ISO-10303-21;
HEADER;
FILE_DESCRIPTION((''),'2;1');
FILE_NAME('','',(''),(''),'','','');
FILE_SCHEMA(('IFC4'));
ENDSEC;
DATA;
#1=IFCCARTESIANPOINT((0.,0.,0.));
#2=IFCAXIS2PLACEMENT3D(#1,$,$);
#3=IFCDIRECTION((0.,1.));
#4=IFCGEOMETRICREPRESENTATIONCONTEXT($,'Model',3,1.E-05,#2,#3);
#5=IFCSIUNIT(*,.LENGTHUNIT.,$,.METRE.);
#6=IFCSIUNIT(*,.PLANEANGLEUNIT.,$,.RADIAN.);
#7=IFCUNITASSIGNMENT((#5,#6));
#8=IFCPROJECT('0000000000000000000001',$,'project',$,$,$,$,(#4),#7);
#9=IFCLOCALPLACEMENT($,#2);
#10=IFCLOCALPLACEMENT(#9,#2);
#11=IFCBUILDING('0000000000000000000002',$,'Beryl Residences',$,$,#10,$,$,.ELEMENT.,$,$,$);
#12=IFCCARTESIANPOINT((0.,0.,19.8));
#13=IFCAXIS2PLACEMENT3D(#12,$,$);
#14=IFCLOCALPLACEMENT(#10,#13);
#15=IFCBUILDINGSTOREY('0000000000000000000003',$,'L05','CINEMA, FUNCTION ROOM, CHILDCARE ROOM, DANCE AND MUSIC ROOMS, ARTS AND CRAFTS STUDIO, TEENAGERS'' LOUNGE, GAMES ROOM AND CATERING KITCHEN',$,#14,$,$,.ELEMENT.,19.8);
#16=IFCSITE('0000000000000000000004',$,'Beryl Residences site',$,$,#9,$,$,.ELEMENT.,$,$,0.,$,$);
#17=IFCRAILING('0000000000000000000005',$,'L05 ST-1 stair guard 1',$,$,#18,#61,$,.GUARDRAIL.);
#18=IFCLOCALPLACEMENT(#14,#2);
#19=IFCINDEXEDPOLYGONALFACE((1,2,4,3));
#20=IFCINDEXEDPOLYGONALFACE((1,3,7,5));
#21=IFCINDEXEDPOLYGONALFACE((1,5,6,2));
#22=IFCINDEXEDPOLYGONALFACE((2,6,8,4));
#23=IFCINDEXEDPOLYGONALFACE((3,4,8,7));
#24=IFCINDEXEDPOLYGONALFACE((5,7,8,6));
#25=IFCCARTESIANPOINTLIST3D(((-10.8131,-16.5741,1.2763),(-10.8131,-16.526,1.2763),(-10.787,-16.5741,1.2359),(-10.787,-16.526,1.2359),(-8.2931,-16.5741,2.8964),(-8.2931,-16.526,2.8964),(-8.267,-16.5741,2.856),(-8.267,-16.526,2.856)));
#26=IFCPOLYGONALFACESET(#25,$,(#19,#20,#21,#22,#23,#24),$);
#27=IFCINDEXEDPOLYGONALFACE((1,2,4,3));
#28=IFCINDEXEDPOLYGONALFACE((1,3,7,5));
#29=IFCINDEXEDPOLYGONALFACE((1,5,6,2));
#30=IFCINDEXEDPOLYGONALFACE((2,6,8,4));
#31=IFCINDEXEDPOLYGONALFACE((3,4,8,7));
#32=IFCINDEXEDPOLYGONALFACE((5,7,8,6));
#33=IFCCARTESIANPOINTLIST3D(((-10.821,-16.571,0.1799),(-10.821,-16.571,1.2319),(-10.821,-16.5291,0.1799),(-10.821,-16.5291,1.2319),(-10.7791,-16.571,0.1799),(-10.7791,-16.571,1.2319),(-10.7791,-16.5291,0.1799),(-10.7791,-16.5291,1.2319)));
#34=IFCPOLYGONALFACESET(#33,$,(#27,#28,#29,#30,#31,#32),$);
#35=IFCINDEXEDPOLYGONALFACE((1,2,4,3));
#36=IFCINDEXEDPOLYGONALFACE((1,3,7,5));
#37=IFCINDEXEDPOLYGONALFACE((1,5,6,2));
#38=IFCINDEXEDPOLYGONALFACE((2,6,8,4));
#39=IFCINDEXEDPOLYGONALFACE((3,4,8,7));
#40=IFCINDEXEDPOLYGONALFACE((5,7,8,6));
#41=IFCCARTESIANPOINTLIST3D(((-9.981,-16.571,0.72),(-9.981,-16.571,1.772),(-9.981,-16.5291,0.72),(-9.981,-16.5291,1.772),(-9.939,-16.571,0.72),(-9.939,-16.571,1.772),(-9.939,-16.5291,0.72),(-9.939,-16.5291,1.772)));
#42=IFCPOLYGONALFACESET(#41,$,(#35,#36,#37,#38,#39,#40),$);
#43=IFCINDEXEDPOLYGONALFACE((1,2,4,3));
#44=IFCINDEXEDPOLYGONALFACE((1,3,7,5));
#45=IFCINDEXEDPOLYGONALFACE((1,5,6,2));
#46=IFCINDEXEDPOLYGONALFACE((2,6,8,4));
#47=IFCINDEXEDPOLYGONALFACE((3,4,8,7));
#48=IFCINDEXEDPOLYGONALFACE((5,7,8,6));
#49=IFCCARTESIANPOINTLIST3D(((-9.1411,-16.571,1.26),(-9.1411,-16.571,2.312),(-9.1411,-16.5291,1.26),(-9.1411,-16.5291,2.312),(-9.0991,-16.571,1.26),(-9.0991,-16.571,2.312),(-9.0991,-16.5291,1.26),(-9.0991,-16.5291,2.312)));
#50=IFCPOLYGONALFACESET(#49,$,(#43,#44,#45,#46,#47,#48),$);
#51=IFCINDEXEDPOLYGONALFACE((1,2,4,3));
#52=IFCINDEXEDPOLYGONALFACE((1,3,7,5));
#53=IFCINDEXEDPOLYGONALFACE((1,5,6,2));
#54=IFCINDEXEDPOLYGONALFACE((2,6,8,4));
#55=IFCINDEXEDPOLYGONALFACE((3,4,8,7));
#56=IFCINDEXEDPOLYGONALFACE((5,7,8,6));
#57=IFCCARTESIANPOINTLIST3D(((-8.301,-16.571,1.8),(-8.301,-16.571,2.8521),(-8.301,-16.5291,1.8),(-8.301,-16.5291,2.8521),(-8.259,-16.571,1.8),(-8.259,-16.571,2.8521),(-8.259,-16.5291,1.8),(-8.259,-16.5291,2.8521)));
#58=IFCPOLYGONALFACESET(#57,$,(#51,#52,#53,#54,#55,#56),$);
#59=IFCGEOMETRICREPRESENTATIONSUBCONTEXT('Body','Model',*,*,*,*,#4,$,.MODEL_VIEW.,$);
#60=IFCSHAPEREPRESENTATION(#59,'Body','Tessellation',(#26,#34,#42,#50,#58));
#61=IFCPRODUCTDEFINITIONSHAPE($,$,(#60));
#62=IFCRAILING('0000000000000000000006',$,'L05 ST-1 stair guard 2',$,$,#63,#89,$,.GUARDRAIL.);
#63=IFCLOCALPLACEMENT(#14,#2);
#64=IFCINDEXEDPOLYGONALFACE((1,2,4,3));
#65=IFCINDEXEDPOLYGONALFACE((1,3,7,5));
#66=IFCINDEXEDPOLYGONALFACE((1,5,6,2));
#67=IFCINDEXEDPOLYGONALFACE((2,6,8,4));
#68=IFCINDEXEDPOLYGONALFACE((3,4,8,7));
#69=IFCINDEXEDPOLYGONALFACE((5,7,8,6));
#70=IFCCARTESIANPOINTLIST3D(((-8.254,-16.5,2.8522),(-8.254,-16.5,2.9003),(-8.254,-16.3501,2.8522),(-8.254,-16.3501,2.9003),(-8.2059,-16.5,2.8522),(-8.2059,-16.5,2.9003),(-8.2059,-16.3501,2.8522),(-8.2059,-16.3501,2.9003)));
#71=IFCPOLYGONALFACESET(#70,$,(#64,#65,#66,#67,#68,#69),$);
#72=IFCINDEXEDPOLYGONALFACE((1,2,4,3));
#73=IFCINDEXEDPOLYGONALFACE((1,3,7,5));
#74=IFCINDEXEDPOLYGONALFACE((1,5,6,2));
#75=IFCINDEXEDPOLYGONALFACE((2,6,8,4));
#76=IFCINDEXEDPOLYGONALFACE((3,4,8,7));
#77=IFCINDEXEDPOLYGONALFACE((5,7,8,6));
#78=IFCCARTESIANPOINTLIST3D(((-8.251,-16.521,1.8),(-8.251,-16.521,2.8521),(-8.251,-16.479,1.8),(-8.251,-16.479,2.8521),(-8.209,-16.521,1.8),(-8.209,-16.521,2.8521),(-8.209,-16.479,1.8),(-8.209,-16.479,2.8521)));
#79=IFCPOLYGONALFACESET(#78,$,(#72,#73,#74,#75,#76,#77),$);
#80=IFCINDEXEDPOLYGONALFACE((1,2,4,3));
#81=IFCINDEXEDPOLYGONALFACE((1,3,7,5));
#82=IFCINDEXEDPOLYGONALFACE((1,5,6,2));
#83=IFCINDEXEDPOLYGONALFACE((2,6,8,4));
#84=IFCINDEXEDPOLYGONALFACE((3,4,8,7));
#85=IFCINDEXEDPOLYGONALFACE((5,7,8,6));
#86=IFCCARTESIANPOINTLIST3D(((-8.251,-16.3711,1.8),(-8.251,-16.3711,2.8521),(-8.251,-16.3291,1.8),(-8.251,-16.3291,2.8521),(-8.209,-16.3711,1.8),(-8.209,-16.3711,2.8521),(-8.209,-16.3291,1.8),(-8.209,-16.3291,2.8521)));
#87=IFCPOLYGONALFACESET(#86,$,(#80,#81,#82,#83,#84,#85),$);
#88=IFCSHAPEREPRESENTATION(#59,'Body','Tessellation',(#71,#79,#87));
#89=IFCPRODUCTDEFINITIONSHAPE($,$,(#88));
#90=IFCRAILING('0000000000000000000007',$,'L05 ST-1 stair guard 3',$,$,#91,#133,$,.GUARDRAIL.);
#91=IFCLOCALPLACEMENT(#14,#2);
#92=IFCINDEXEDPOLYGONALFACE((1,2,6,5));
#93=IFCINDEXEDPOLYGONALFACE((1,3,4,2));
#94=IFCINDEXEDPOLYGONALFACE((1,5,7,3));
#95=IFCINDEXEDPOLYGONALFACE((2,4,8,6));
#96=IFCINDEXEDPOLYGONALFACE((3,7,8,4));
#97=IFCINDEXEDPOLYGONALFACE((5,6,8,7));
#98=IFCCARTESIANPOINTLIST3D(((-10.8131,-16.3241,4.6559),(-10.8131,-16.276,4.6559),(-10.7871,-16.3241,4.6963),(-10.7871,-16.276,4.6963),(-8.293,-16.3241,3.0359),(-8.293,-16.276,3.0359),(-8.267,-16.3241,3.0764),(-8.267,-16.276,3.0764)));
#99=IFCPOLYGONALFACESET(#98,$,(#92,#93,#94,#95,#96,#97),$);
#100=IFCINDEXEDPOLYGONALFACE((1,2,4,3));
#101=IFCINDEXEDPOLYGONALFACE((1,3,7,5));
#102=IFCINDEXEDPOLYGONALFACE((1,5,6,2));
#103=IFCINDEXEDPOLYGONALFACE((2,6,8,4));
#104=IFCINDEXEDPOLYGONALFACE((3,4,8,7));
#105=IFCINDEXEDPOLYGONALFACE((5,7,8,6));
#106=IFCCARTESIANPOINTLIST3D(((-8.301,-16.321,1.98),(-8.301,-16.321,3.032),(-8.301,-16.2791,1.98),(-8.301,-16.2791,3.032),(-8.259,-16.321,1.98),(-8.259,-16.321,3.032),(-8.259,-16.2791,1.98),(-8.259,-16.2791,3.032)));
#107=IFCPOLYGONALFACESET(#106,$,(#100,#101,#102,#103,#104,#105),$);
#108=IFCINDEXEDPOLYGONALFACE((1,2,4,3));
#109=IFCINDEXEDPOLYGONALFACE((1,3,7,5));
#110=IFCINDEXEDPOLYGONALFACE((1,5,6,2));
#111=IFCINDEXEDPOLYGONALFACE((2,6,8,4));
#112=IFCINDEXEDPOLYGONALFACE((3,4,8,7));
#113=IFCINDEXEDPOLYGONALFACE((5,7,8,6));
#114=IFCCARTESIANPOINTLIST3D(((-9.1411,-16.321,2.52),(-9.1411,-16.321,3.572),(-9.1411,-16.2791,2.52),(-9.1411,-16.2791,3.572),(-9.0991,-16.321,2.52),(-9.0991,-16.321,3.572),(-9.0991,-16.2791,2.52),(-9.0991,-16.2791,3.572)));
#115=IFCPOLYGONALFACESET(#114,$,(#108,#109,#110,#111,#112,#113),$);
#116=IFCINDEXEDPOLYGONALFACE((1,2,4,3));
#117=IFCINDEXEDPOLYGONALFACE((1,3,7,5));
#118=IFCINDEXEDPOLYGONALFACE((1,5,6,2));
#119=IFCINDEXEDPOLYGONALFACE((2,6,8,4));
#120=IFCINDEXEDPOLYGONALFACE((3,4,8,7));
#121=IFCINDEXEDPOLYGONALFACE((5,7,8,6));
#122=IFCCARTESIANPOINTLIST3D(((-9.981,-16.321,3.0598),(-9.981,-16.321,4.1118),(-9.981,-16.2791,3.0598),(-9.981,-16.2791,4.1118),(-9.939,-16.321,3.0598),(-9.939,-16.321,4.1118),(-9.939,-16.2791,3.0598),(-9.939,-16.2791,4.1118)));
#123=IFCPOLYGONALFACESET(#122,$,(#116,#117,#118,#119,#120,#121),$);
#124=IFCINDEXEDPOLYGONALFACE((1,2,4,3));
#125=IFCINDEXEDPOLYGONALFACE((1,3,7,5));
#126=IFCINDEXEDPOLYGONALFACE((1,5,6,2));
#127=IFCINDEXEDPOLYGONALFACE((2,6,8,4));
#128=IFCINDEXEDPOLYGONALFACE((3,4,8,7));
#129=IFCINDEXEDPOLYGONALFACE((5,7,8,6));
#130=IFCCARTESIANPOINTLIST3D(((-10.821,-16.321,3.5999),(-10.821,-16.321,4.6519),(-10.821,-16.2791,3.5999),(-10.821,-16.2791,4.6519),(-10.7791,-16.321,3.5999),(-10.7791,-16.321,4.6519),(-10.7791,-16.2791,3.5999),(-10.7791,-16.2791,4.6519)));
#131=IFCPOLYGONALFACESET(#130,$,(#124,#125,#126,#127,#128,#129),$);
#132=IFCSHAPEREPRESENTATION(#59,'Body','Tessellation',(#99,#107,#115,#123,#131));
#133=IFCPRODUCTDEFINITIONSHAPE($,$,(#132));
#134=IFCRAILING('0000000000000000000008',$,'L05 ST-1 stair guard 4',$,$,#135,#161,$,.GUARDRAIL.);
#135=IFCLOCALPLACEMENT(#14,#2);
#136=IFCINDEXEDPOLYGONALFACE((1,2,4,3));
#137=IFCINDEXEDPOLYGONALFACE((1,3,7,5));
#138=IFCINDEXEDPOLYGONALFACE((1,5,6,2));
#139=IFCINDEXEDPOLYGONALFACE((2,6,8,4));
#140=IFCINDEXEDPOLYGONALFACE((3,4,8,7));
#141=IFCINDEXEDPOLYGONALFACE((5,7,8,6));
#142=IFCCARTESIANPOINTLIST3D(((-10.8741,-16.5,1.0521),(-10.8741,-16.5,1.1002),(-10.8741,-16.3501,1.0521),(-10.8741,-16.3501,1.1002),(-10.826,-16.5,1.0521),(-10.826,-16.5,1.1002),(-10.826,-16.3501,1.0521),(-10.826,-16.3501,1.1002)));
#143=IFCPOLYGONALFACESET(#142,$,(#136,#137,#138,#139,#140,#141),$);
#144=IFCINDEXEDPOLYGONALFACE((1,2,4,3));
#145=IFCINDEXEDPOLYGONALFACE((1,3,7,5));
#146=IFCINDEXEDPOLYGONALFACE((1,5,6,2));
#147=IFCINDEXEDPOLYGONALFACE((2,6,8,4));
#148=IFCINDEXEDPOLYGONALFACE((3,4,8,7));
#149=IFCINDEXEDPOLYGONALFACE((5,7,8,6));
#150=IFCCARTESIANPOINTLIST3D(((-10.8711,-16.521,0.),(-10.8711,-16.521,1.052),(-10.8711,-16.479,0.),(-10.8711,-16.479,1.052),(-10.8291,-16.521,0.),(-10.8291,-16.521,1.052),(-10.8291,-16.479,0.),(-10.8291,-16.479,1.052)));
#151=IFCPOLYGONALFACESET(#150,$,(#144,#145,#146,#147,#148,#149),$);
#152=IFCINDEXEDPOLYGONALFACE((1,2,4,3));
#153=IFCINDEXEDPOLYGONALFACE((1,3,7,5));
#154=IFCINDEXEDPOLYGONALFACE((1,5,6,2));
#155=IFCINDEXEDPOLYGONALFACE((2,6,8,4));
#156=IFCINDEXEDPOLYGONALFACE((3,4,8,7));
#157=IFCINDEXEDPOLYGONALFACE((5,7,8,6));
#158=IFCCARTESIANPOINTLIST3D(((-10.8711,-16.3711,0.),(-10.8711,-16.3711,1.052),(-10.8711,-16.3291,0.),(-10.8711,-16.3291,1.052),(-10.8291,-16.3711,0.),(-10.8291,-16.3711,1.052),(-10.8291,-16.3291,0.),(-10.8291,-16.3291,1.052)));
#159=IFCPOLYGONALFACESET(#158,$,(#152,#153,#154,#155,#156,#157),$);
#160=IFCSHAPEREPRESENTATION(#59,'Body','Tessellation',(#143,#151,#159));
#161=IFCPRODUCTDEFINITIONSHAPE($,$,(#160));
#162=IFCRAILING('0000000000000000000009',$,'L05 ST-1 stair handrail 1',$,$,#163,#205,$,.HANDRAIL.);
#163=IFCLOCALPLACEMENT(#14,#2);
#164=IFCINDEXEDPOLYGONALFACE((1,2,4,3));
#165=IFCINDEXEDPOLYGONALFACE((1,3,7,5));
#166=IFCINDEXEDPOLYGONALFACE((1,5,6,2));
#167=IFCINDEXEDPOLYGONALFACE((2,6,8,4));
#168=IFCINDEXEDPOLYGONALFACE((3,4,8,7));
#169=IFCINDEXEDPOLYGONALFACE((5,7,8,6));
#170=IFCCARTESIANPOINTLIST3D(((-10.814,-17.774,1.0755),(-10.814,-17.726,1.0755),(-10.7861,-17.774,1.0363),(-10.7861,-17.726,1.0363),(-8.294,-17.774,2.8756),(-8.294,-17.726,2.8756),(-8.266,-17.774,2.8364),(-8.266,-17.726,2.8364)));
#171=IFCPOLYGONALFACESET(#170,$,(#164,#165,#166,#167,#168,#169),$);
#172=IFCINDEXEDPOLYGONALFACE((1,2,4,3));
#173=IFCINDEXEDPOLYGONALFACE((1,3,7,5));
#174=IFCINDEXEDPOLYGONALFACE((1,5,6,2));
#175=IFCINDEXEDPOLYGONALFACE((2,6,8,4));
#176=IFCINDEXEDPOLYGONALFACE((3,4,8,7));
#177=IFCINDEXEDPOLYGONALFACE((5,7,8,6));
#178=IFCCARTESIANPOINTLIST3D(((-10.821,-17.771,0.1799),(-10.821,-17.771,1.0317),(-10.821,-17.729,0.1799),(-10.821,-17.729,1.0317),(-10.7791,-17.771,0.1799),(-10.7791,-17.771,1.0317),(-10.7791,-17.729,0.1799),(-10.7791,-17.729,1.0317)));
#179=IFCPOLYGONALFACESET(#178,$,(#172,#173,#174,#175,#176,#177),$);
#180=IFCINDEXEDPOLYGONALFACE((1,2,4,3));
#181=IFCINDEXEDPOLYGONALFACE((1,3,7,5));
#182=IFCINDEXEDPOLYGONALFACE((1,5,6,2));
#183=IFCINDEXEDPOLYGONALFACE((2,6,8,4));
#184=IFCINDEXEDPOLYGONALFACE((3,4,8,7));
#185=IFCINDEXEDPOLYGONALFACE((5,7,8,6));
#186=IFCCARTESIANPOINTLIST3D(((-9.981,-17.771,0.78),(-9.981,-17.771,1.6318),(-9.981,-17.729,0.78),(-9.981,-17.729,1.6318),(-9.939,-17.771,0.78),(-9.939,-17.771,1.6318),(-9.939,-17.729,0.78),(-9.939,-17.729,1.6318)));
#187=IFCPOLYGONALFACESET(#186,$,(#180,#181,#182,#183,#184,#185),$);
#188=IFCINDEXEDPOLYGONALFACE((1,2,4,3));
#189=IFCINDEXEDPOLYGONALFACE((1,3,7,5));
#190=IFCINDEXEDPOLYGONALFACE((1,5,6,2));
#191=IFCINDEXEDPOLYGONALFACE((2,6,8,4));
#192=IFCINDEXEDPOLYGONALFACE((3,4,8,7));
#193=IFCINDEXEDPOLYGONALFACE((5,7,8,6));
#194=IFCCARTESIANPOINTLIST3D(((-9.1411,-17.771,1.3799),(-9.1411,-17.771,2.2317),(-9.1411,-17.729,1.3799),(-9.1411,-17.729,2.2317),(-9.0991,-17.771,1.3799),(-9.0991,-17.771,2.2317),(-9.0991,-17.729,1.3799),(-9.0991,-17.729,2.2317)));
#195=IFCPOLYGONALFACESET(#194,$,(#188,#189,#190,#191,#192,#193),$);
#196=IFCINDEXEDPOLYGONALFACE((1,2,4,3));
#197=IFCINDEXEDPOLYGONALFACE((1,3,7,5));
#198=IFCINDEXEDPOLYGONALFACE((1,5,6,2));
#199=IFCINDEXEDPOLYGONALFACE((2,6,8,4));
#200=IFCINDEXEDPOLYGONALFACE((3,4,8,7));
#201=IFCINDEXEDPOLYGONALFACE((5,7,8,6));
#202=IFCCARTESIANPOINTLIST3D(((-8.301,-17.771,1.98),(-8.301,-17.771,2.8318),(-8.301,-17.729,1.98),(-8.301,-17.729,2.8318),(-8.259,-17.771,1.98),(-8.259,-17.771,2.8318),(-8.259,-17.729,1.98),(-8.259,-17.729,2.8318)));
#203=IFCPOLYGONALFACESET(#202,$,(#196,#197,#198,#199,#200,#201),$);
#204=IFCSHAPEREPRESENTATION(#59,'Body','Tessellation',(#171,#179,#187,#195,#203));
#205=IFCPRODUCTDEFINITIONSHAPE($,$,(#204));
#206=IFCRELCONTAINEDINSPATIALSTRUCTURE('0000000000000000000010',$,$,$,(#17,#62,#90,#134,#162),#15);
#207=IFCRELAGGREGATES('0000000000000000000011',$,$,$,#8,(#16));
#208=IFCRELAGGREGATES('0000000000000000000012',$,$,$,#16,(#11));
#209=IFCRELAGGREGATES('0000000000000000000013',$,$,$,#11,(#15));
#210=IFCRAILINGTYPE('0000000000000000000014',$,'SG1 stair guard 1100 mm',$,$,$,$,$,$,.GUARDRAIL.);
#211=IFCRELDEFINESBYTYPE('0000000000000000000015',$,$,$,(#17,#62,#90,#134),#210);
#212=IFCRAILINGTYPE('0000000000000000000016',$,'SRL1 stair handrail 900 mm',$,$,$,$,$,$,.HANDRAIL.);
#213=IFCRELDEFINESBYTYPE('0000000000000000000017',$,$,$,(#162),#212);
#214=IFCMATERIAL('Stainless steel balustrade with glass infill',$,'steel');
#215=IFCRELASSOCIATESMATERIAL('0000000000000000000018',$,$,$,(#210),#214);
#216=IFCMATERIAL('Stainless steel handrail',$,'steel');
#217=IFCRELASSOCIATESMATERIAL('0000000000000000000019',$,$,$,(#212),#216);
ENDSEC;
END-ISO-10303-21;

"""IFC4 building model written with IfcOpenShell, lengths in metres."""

from ifc_helpers import new_model, si_unit, direction, frame, origin, origin_2d, place, context, subcontext, project, spatial, rectangle, extrude, material, type_object, element, save


model = new_model("IFC4")

# Units and contexts
model_context = context("Model", 3, precision=1e-05, world=origin(), true_north=direction((0.0, 1.0)))
body_context = subcontext(model_context, "Body", "Model", "MODEL_VIEW")
ifc_project = project(units=[si_unit("LENGTHUNIT", "METRE"), si_unit("PLANEANGLEUNIT", "RADIAN")], contexts=[model_context])

# Site, building, storey
site_placement = place(None, origin())
site = spatial("IfcSite", under=ifc_project, at=site_placement, Name="Beryl Residences site", CompositionType="ELEMENT", RefElevation=0.0)
building_placement = place(site_placement, origin())
building = spatial("IfcBuilding", under=site, at=building_placement, Name="Beryl Residences", CompositionType="ELEMENT")
storey_placement = place(building_placement, frame((0.0, 0.0, 19.8)))
storey = spatial("IfcBuildingStorey", under=building, at=storey_placement, Name="L05", Description="CINEMA, FUNCTION ROOM, CHILDCARE ROOM, DANCE AND MUSIC ROOMS, ARTS AND CRAFTS STUDIO, TEENAGERS' LOUNGE, GAMES ROOM AND CATERING KITCHEN", CompositionType="ELEMENT", Elevation=19.8)

# Railings
ifc_material_1 = material(Name="Stainless steel balustrade with glass infill", Category="steel")
railing_type_1 = type_object("IfcRailingType", Name="SG1 stair guard 1100 mm", PredefinedType="GUARDRAIL", material=ifc_material_1)
railing_1_placement = place(storey_placement, frame((-10.8, -16.55, 0.1799)))
element("IfcRailing", 1, at=railing_1_placement, inside=storey, type_object=railing_type_1, Name="L05 ST-1 stair guard 1", PredefinedType="GUARDRAIL", context=body_context, shape_type="SweptSolid", body=[
    extrude(rectangle(XDim=0.0481, YDim=0.0481, at=origin_2d()), frame((0.0, 0.0, 1.0762), z_axis=(0.841163, 0.0, 0.540782), x_axis=(0.0, 1.0, 0.0)), (0.0, 0.0, 1.0), 2.9958),
    extrude(rectangle(XDim=0.042, YDim=0.042, at=origin_2d()), origin(), (0.0, 0.0, 1.0), 1.052),
    extrude(rectangle(XDim=0.042, YDim=0.042, at=origin_2d()), frame((0.8401, 0.0, 0.54)), (0.0, 0.0, 1.0), 1.052),
    extrude(rectangle(XDim=0.042, YDim=0.042, at=origin_2d()), frame((1.6799, 0.0, 1.0801)), (0.0, 0.0, 1.0), 1.052),
    extrude(rectangle(XDim=0.042, YDim=0.042, at=origin_2d()), frame((2.52, 0.0, 1.6201)), (0.0, 0.0, 1.0), 1.052),
])
railing_2_placement = place(storey_placement, frame((-8.23, -16.5, 1.8)))
element("IfcRailing", 2, at=railing_2_placement, inside=storey, type_object=railing_type_1, Name="L05 ST-1 stair guard 2", PredefinedType="GUARDRAIL", context=body_context, shape_type="SweptSolid", body=[
    extrude(rectangle(XDim=0.0481, YDim=0.0481, at=origin_2d()), frame((0.0, 0.0, 1.0762), z_axis=(0.0, 1.0, 0.0), x_axis=(-1.0, 0.0, 0.0)), (0.0, 0.0, 1.0), 0.1499),
    extrude(rectangle(XDim=0.042, YDim=0.042, at=origin_2d()), origin(), (0.0, 0.0, 1.0), 1.052),
    extrude(rectangle(XDim=0.042, YDim=0.042, at=origin_2d()), frame((0.0, 0.1499, 0.0)), (0.0, 0.0, 1.0), 1.052),
])
railing_3_placement = place(storey_placement, frame((-8.28, -16.3, 1.98)))
element("IfcRailing", 3, at=railing_3_placement, inside=storey, type_object=railing_type_1, Name="L05 ST-1 stair guard 3", PredefinedType="GUARDRAIL", context=body_context, shape_type="SweptSolid", body=[
    extrude(rectangle(XDim=0.0481, YDim=0.0481, at=origin_2d()), frame((0.0, 0.0, 1.0762), z_axis=(-0.8412, 0.0, 0.540725), x_axis=(0.0, -1.0, 0.0)), (0.0, 0.0, 1.0), 2.9958),
    extrude(rectangle(XDim=0.042, YDim=0.042, at=origin_2d()), origin(), (0.0, 0.0, 1.0), 1.052),
    extrude(rectangle(XDim=0.042, YDim=0.042, at=origin_2d()), frame((-0.8401, 0.0, 0.54)), (0.0, 0.0, 1.0), 1.052),
    extrude(rectangle(XDim=0.042, YDim=0.042, at=origin_2d()), frame((-1.6799, 0.0, 1.0798)), (0.0, 0.0, 1.0), 1.052),
    extrude(rectangle(XDim=0.042, YDim=0.042, at=origin_2d()), frame((-2.52, 0.0, 1.6199)), (0.0, 0.0, 1.0), 1.052),
])
railing_4_placement = place(storey_placement, frame((-10.8501, -16.5, 0.0)))
element("IfcRailing", 4, at=railing_4_placement, inside=storey, type_object=railing_type_1, Name="L05 ST-1 stair guard 4", PredefinedType="GUARDRAIL", context=body_context, shape_type="SweptSolid", body=[
    extrude(rectangle(XDim=0.0481, YDim=0.0481, at=origin_2d()), frame((0.0, 0.0, 1.0762), z_axis=(0.0, 1.0, 0.0), x_axis=(-1.0, 0.0, 0.0)), (0.0, 0.0, 1.0), 0.1499),
    extrude(rectangle(XDim=0.042, YDim=0.042, at=origin_2d()), origin(), (0.0, 0.0, 1.0), 1.052),
    extrude(rectangle(XDim=0.042, YDim=0.042, at=origin_2d()), frame((0.0, 0.1499, 0.0)), (0.0, 0.0, 1.0), 1.052),
])
ifc_material_2 = material(Name="Stainless steel handrail", Category="steel")
railing_type_2 = type_object("IfcRailingType", Name="SRL1 stair handrail 900 mm", PredefinedType="HANDRAIL", material=ifc_material_2)
railing_5_placement = place(storey_placement, frame((-10.8, -17.75, 0.1799)))
element("IfcRailing", 5, at=railing_5_placement, inside=storey, type_object=railing_type_2, Name="L05 ST-1 stair handrail 1", PredefinedType="HANDRAIL", context=body_context, shape_type="SweptSolid", body=[
    extrude(rectangle(XDim=0.0481, YDim=0.0481, at=origin_2d()), frame((0.0, 0.0, 0.876), z_axis=(0.813728, 0.0, 0.581246), x_axis=(0.0, 1.0, 0.0)), (0.0, 0.0, 1.0), 3.0969),
    extrude(rectangle(XDim=0.042, YDim=0.042, at=origin_2d()), origin(), (0.0, 0.0, 1.0), 0.8518),
    extrude(rectangle(XDim=0.042, YDim=0.042, at=origin_2d()), frame((0.8401, 0.0, 0.6001)), (0.0, 0.0, 1.0), 0.8518),
    extrude(rectangle(XDim=0.042, YDim=0.042, at=origin_2d()), frame((1.6799, 0.0, 1.2)), (0.0, 0.0, 1.0), 0.8518),
    extrude(rectangle(XDim=0.042, YDim=0.042, at=origin_2d()), frame((2.52, 0.0, 1.8)), (0.0, 0.0, 1.0), 0.8518),
])

save(model, "model.ifc")
